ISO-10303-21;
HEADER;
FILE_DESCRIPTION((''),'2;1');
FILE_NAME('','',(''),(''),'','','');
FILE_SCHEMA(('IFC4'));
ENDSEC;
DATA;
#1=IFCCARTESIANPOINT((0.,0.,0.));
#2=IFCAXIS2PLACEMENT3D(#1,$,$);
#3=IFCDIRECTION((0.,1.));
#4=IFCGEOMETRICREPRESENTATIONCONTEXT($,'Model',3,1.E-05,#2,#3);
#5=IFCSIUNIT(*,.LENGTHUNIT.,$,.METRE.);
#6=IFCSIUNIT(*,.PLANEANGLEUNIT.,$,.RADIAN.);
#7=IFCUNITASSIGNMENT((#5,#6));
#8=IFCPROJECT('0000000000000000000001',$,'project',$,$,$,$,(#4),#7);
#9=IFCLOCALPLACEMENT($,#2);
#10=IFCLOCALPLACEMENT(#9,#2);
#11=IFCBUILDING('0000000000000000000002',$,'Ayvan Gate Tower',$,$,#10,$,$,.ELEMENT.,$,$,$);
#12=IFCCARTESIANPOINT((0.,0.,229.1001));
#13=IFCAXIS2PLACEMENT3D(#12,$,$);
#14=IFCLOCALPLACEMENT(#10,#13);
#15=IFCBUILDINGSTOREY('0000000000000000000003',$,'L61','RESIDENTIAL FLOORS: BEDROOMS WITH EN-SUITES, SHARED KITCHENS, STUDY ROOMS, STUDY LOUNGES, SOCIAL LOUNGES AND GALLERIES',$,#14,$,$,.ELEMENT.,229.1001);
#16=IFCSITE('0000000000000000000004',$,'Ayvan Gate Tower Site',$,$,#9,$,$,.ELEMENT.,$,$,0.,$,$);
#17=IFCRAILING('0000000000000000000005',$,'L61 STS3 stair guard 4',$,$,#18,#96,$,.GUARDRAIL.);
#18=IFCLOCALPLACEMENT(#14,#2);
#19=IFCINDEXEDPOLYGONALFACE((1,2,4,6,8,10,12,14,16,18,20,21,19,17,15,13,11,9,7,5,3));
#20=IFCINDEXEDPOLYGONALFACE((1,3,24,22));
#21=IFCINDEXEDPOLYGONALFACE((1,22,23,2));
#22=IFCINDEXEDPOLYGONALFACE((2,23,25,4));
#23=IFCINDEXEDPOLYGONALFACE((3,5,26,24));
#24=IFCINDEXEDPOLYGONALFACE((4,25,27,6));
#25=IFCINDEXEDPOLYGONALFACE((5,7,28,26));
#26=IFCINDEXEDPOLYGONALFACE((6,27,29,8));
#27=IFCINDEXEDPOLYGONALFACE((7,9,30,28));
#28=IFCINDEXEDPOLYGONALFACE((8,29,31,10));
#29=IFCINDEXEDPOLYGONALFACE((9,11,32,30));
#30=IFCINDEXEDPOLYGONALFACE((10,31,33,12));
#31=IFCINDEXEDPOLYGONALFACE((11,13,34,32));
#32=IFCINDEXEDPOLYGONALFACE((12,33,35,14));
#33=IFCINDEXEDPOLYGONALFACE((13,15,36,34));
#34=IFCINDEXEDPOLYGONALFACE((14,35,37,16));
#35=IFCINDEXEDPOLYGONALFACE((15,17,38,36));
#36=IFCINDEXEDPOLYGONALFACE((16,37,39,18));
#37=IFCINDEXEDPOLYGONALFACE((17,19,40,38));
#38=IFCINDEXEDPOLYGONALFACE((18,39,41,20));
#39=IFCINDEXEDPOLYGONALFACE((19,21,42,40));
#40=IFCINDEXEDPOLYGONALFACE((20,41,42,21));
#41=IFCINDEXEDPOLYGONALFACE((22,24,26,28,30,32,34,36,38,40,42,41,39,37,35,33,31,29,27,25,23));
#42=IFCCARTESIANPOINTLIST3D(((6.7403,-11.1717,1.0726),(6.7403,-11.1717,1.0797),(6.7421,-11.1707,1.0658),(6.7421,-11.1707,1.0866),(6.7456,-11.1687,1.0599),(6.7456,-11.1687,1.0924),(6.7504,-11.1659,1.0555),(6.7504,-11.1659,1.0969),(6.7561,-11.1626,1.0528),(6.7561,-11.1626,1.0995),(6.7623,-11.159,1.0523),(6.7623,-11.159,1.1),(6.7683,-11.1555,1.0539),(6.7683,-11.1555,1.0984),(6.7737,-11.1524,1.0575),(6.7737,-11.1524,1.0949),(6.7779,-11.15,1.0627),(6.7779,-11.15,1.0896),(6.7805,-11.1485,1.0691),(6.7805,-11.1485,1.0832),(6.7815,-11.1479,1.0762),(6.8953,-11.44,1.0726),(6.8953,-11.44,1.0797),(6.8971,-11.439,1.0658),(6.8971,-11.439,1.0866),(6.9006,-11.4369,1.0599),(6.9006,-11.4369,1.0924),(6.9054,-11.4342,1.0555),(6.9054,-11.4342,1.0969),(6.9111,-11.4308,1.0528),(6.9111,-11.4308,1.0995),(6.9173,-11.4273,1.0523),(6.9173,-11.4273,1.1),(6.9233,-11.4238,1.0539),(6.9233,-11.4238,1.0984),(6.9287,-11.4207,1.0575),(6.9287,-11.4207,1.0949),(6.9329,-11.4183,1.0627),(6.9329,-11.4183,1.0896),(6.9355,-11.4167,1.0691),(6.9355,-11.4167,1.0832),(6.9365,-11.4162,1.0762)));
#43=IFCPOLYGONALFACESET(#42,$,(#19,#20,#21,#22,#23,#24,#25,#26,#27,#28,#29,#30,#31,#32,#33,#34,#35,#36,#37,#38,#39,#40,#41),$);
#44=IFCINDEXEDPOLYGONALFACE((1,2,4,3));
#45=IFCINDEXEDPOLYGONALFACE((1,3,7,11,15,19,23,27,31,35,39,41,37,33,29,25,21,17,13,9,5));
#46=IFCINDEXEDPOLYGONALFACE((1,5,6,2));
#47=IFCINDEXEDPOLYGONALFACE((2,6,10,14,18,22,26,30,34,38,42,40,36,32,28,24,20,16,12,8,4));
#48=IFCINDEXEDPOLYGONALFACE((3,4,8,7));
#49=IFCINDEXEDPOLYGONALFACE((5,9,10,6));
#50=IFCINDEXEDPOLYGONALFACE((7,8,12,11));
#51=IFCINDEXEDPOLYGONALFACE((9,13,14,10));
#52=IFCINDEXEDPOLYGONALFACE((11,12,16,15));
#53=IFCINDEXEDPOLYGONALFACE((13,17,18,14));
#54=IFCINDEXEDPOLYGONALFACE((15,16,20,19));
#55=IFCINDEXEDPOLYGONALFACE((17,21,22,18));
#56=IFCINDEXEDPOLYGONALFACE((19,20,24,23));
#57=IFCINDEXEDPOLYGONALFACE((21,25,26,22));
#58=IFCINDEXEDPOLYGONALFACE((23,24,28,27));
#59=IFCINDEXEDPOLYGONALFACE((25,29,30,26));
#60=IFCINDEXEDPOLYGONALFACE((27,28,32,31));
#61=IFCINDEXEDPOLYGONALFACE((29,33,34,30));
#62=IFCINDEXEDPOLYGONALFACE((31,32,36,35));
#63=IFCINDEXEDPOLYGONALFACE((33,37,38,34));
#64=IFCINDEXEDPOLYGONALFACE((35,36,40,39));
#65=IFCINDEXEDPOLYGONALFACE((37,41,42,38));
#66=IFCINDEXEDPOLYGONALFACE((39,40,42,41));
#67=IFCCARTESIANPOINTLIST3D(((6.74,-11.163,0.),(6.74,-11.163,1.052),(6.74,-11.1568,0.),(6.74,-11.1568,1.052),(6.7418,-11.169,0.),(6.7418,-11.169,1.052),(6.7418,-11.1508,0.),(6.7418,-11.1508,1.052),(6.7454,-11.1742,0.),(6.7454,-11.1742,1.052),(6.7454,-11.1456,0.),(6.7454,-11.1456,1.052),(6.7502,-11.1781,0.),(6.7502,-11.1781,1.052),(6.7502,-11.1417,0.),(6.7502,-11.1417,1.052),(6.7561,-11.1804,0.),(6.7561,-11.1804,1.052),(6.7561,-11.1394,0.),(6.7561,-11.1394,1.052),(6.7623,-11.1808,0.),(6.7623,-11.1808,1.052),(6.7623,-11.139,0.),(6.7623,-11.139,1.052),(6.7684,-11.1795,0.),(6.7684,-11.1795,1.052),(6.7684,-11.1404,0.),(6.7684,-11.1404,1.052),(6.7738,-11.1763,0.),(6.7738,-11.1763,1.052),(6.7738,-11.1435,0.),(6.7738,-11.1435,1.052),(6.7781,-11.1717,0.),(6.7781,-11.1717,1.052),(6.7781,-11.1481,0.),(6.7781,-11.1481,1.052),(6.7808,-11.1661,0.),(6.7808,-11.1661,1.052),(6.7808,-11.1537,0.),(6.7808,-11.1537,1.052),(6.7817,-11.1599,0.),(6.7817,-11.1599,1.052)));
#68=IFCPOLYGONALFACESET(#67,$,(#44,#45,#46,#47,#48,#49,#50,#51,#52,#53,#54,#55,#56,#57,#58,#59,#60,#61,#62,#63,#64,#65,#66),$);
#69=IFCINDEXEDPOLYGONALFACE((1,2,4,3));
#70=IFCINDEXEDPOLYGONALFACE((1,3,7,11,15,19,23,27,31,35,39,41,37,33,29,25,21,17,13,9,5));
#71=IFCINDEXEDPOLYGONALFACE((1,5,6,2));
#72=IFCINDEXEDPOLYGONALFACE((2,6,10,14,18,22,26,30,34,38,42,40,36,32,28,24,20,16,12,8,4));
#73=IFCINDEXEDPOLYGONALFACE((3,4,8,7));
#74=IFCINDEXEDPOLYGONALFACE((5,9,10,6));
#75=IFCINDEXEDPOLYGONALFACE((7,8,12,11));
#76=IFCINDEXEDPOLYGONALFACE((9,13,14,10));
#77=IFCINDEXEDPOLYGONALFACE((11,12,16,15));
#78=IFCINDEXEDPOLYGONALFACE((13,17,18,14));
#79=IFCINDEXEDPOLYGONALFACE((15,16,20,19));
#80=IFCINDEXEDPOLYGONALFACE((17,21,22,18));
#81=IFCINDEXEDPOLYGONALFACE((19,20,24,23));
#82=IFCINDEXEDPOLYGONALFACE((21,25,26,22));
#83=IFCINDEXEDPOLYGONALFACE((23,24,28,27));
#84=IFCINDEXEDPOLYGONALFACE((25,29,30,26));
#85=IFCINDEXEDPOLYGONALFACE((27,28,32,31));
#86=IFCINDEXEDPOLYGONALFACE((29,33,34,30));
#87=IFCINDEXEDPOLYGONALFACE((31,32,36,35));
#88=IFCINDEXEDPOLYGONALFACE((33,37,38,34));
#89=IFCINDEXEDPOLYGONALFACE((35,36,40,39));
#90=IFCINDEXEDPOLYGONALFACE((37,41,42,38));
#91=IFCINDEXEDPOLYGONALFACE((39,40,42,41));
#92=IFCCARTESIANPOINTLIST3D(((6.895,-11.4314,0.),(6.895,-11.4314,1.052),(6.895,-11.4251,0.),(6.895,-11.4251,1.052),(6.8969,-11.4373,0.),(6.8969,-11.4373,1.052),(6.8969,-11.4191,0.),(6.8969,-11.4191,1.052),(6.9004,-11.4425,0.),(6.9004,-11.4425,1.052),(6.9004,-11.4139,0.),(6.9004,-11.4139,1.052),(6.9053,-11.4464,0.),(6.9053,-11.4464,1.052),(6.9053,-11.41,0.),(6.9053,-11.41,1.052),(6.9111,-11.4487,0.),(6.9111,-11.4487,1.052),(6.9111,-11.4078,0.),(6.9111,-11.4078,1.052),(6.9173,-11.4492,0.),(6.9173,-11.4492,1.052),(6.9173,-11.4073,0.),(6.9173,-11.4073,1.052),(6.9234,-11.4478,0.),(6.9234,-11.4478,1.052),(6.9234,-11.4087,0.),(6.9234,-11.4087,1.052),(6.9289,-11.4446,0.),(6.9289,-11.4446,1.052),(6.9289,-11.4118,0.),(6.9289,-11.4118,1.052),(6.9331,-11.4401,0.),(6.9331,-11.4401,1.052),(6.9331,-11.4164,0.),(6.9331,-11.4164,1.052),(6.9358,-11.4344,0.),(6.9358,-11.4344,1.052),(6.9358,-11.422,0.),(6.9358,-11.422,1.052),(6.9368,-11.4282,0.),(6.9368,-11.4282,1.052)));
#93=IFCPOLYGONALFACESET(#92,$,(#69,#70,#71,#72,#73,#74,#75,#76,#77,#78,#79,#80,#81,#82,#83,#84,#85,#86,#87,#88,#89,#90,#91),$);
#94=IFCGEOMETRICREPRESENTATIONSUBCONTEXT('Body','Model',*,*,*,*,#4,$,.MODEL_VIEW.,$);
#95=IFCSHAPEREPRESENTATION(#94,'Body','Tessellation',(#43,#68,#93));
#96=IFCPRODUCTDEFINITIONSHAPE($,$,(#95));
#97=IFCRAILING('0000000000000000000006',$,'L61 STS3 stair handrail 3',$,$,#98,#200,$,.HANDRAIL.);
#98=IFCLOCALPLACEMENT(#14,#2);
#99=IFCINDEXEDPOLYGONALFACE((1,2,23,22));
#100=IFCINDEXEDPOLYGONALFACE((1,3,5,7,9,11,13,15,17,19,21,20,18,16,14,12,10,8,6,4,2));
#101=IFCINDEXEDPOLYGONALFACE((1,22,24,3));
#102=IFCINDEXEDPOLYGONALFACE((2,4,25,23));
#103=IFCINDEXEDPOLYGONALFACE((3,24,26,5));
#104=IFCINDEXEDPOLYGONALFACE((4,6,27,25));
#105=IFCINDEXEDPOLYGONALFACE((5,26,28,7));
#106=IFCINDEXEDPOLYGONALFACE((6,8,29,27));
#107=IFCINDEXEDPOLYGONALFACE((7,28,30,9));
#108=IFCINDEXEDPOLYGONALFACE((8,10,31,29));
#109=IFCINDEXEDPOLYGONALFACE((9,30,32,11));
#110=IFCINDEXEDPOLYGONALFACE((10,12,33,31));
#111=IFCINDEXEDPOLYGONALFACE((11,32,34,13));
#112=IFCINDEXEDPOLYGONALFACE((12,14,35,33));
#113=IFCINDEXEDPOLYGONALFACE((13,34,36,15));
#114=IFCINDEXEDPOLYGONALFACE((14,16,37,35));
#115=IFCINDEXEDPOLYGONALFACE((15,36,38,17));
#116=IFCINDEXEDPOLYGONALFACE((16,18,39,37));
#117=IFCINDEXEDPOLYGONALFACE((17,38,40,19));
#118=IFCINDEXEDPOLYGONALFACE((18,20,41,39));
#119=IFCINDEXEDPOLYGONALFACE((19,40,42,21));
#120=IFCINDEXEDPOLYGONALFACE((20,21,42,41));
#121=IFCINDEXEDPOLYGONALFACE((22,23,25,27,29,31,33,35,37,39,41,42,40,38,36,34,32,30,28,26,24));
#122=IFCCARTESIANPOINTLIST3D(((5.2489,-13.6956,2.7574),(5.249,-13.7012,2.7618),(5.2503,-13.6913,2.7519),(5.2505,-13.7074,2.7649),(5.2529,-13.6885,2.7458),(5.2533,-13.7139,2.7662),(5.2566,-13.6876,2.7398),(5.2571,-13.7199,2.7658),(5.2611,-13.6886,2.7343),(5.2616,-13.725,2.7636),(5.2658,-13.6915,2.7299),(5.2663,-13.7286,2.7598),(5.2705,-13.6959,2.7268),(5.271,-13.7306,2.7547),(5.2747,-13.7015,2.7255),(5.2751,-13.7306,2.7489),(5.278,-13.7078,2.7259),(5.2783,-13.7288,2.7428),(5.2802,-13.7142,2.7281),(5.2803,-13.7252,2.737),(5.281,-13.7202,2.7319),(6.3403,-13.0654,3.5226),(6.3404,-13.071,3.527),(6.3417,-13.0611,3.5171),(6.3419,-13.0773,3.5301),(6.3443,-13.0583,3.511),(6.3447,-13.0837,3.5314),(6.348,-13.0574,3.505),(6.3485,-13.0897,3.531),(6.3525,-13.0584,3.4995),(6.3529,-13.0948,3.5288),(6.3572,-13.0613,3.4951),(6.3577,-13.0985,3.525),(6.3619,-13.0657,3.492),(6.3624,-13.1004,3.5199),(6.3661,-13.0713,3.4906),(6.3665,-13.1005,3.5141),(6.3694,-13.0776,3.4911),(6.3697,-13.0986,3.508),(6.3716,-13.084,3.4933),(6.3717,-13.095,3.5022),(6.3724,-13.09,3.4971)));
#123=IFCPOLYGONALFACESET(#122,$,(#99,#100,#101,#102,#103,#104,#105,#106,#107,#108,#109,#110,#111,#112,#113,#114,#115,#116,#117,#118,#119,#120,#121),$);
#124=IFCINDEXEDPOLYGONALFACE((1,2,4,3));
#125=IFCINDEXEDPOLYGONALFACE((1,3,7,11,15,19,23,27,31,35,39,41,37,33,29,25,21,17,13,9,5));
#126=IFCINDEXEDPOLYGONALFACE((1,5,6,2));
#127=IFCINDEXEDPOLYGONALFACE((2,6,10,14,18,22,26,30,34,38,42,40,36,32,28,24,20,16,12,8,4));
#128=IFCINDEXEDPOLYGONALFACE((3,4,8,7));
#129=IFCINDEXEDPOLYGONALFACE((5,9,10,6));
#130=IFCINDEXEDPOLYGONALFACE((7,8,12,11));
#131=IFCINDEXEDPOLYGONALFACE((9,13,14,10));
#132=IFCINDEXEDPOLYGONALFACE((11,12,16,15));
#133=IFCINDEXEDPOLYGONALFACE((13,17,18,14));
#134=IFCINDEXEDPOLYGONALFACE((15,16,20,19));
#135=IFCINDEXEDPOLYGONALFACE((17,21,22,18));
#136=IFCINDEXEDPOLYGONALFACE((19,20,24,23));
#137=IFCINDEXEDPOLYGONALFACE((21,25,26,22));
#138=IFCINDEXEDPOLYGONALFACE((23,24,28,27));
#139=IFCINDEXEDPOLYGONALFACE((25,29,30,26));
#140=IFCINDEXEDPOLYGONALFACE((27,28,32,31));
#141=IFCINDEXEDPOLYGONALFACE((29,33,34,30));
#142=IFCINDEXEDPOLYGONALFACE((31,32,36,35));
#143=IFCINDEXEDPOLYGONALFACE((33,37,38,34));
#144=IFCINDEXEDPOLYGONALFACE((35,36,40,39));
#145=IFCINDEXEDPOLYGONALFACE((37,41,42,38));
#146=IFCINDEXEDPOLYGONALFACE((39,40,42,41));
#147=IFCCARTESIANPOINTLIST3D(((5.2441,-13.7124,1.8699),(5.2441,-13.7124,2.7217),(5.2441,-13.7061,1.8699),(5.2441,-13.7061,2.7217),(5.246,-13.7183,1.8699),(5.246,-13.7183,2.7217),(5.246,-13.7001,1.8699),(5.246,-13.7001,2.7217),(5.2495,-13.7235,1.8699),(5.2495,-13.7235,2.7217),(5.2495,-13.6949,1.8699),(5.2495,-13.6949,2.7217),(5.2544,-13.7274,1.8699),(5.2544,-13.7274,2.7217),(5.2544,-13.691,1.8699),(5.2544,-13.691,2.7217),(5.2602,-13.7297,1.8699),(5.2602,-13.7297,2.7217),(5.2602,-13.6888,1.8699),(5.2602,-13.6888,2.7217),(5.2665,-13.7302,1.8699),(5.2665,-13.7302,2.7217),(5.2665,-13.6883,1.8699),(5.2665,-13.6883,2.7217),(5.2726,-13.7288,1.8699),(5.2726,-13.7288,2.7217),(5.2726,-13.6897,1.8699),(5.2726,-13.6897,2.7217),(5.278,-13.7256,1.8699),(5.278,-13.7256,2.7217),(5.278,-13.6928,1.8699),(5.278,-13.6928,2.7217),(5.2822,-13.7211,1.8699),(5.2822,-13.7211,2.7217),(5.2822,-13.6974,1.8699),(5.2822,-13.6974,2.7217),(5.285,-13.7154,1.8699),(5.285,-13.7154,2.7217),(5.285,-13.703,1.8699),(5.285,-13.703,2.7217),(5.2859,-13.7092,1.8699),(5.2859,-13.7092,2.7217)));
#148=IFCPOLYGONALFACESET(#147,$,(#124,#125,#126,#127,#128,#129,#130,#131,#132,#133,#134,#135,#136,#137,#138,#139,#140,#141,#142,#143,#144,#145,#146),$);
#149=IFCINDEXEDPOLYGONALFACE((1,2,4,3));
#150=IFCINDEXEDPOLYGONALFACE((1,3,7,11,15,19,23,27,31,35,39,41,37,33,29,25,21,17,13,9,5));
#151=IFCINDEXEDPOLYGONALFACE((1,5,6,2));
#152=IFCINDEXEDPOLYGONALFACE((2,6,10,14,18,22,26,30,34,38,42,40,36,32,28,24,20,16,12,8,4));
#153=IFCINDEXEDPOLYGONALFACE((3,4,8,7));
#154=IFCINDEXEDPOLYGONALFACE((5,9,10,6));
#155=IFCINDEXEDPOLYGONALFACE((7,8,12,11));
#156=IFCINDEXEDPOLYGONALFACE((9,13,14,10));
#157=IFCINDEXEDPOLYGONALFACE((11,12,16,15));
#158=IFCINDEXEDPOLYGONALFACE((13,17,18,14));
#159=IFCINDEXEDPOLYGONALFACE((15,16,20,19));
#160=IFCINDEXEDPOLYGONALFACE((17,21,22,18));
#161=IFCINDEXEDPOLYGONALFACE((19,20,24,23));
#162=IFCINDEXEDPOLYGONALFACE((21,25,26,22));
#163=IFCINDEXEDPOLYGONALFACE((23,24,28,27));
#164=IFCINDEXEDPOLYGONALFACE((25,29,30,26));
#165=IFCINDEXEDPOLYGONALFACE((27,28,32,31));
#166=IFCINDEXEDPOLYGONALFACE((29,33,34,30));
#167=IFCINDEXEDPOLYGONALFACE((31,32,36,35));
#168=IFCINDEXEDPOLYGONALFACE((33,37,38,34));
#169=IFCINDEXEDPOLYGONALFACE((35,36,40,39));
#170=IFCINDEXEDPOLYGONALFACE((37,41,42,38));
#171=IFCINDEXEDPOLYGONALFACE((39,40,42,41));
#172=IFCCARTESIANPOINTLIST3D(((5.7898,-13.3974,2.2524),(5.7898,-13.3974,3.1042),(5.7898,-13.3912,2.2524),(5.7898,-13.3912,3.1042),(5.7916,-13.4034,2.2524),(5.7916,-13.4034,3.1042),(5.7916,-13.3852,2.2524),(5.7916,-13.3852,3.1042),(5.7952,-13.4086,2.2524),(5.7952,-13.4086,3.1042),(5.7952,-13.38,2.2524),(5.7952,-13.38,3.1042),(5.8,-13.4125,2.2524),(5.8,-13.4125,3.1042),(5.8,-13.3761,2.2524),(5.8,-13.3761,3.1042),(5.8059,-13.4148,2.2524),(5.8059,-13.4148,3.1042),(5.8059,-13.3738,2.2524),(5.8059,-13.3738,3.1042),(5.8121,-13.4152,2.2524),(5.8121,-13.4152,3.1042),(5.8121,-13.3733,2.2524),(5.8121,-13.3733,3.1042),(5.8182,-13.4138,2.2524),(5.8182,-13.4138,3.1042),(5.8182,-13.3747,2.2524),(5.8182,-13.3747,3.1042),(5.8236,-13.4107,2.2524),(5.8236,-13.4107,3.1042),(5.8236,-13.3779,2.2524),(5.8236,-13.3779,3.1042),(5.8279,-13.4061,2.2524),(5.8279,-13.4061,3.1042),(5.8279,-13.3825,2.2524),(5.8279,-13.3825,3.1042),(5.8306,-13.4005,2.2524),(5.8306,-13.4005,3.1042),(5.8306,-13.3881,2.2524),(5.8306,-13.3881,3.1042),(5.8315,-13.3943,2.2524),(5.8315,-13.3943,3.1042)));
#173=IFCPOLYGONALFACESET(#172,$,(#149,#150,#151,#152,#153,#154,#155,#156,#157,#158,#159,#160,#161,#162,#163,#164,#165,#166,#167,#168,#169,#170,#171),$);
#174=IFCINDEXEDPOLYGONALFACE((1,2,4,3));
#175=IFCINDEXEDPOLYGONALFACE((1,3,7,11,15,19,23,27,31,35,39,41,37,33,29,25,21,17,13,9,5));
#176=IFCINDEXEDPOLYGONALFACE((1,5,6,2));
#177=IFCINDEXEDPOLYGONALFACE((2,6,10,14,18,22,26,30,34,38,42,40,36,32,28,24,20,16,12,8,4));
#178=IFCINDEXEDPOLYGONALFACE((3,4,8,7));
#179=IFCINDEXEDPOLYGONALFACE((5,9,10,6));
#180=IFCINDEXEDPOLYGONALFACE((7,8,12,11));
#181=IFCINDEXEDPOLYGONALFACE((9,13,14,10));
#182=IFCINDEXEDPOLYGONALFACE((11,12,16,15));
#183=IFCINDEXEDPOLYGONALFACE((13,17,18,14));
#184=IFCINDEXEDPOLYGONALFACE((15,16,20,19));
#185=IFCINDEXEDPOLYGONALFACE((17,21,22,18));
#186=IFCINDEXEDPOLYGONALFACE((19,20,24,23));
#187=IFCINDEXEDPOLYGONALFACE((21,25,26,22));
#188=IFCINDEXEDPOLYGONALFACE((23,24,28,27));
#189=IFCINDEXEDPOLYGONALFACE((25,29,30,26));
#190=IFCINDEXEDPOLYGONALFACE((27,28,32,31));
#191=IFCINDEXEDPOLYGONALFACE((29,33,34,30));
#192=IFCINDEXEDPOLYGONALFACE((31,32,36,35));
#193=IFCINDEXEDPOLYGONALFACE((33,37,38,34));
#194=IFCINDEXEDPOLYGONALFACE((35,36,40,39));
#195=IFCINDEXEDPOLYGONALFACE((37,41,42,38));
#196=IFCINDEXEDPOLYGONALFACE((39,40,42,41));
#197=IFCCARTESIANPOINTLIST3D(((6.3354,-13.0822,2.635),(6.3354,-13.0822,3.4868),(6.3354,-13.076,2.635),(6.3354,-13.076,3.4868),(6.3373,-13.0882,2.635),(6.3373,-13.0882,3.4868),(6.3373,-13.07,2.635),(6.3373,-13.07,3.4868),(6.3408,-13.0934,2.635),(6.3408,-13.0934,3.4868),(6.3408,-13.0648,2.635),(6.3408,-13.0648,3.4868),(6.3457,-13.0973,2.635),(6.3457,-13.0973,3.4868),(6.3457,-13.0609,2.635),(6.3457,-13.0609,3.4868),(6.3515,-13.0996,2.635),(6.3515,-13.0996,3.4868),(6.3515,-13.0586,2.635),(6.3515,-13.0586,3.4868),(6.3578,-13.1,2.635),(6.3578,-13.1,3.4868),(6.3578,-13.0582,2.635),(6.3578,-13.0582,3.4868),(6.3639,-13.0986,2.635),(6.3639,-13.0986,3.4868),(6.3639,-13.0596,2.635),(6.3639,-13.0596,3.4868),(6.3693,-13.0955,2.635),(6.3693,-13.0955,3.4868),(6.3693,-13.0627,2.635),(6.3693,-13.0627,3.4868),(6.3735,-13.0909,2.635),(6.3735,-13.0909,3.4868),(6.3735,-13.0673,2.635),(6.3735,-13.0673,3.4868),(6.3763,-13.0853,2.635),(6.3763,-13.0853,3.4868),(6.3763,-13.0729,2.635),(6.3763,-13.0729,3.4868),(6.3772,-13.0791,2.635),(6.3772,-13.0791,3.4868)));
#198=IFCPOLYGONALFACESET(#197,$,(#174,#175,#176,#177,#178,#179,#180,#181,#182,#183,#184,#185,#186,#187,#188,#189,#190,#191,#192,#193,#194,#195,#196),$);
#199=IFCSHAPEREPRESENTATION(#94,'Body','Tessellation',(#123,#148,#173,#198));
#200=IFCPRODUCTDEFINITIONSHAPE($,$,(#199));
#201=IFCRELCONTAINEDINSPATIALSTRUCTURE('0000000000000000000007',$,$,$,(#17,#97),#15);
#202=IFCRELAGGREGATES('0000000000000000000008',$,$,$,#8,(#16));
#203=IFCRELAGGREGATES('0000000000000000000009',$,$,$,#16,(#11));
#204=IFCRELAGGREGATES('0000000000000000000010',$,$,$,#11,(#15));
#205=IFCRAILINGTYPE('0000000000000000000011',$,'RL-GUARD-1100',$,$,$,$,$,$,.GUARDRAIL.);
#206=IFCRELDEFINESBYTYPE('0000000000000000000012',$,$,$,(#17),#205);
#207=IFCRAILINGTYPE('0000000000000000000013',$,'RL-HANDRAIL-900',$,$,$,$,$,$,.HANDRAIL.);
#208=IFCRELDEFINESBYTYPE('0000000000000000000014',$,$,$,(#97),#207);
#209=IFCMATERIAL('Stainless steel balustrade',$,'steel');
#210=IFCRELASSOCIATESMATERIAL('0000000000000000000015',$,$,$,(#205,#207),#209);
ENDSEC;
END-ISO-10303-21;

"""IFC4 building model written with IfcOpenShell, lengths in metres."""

from ifc_helpers import new_model, si_unit, direction, frame, origin, origin_2d, place, context, subcontext, project, spatial, circle, extrude, material, type_object, element, save


model = new_model("IFC4")

# Units and contexts
model_context = context("Model", 3, precision=1e-05, world=origin(), true_north=direction((0.0, 1.0)))
body_context = subcontext(model_context, "Body", "Model", "MODEL_VIEW")
ifc_project = project(units=[si_unit("LENGTHUNIT", "METRE"), si_unit("PLANEANGLEUNIT", "RADIAN")], contexts=[model_context])

# Site, building, storey
site_placement = place(None, origin())
site = spatial("IfcSite", under=ifc_project, at=site_placement, Name="Ayvan Gate Tower Site", CompositionType="ELEMENT", RefElevation=0.0)
building_placement = place(site_placement, origin())
building = spatial("IfcBuilding", under=site, at=building_placement, Name="Ayvan Gate Tower", CompositionType="ELEMENT")
storey_placement = place(building_placement, frame((0.0, 0.0, 229.1001)))
storey = spatial("IfcBuildingStorey", under=building, at=storey_placement, Name="L61", Description="RESIDENTIAL FLOORS: BEDROOMS WITH EN-SUITES, SHARED KITCHENS, STUDY ROOMS, STUDY LOUNGES, SOCIAL LOUNGES AND GALLERIES", CompositionType="ELEMENT", Elevation=229.1001)

# Railings
ifc_material_1 = material(Name="Stainless steel balustrade", Category="steel")
railing_type_1 = type_object("IfcRailingType", Name="RL-GUARD-1100", PredefinedType="GUARDRAIL", material=ifc_material_1)
railing_1_placement = place(storey_placement, frame((6.7607, -11.1599, 0.0)))
element("IfcRailing", 1, at=railing_1_placement, inside=storey, type_object=railing_type_1, Name="L61 STS3 stair guard 4", PredefinedType="GUARDRAIL", context=body_context, shape_type="SweptSolid", body=[
    extrude(circle(Radius=0.0239, at=origin_2d()), frame((0.0, 0.0, 1.0762), z_axis=(0.500291, -0.865857, 0.0), x_axis=(0.865857, 0.500291, 0.0)), (0.0, 0.0, 1.0), 0.3098),
    extrude(circle(Radius=0.021, at=origin_2d()), origin(), (0.0, 0.0, 1.0), 1.052),
    extrude(circle(Radius=0.021, at=origin_2d()), frame((0.155, -0.2683, 0.0)), (0.0, 0.0, 1.0), 1.052),
])
railing_type_2 = type_object("IfcRailingType", Name="RL-HANDRAIL-900", PredefinedType="HANDRAIL", material=ifc_material_1)
railing_2_placement = place(storey_placement, frame((5.2649, -13.7092, 1.8699)))
element("IfcRailing", 2, at=railing_2_placement, inside=storey, type_object=railing_type_2, Name="L61 STS3 stair handrail 3", PredefinedType="HANDRAIL", context=body_context, shape_type="SweptSolid", body=[
    extrude(circle(Radius=0.0239, at=origin_2d()), frame((0.0, 0.0, 0.876), z_axis=(0.740241, 0.427419, 0.518996), x_axis=(-0.500035, 0.866005, 0.0)), (0.0, 0.0, 1.0), 1.4744),
    extrude(circle(Radius=0.021, at=origin_2d()), origin(), (0.0, 0.0, 1.0), 0.8518),
    extrude(circle(Radius=0.021, at=origin_2d()), frame((0.5457, 0.3149, 0.3826)), (0.0, 0.0, 1.0), 0.8518),
    extrude(circle(Radius=0.021, at=origin_2d()), frame((1.0913, 0.6301, 0.7651)), (0.0, 0.0, 1.0), 0.8518),
])

save(model, "model.ifc")
